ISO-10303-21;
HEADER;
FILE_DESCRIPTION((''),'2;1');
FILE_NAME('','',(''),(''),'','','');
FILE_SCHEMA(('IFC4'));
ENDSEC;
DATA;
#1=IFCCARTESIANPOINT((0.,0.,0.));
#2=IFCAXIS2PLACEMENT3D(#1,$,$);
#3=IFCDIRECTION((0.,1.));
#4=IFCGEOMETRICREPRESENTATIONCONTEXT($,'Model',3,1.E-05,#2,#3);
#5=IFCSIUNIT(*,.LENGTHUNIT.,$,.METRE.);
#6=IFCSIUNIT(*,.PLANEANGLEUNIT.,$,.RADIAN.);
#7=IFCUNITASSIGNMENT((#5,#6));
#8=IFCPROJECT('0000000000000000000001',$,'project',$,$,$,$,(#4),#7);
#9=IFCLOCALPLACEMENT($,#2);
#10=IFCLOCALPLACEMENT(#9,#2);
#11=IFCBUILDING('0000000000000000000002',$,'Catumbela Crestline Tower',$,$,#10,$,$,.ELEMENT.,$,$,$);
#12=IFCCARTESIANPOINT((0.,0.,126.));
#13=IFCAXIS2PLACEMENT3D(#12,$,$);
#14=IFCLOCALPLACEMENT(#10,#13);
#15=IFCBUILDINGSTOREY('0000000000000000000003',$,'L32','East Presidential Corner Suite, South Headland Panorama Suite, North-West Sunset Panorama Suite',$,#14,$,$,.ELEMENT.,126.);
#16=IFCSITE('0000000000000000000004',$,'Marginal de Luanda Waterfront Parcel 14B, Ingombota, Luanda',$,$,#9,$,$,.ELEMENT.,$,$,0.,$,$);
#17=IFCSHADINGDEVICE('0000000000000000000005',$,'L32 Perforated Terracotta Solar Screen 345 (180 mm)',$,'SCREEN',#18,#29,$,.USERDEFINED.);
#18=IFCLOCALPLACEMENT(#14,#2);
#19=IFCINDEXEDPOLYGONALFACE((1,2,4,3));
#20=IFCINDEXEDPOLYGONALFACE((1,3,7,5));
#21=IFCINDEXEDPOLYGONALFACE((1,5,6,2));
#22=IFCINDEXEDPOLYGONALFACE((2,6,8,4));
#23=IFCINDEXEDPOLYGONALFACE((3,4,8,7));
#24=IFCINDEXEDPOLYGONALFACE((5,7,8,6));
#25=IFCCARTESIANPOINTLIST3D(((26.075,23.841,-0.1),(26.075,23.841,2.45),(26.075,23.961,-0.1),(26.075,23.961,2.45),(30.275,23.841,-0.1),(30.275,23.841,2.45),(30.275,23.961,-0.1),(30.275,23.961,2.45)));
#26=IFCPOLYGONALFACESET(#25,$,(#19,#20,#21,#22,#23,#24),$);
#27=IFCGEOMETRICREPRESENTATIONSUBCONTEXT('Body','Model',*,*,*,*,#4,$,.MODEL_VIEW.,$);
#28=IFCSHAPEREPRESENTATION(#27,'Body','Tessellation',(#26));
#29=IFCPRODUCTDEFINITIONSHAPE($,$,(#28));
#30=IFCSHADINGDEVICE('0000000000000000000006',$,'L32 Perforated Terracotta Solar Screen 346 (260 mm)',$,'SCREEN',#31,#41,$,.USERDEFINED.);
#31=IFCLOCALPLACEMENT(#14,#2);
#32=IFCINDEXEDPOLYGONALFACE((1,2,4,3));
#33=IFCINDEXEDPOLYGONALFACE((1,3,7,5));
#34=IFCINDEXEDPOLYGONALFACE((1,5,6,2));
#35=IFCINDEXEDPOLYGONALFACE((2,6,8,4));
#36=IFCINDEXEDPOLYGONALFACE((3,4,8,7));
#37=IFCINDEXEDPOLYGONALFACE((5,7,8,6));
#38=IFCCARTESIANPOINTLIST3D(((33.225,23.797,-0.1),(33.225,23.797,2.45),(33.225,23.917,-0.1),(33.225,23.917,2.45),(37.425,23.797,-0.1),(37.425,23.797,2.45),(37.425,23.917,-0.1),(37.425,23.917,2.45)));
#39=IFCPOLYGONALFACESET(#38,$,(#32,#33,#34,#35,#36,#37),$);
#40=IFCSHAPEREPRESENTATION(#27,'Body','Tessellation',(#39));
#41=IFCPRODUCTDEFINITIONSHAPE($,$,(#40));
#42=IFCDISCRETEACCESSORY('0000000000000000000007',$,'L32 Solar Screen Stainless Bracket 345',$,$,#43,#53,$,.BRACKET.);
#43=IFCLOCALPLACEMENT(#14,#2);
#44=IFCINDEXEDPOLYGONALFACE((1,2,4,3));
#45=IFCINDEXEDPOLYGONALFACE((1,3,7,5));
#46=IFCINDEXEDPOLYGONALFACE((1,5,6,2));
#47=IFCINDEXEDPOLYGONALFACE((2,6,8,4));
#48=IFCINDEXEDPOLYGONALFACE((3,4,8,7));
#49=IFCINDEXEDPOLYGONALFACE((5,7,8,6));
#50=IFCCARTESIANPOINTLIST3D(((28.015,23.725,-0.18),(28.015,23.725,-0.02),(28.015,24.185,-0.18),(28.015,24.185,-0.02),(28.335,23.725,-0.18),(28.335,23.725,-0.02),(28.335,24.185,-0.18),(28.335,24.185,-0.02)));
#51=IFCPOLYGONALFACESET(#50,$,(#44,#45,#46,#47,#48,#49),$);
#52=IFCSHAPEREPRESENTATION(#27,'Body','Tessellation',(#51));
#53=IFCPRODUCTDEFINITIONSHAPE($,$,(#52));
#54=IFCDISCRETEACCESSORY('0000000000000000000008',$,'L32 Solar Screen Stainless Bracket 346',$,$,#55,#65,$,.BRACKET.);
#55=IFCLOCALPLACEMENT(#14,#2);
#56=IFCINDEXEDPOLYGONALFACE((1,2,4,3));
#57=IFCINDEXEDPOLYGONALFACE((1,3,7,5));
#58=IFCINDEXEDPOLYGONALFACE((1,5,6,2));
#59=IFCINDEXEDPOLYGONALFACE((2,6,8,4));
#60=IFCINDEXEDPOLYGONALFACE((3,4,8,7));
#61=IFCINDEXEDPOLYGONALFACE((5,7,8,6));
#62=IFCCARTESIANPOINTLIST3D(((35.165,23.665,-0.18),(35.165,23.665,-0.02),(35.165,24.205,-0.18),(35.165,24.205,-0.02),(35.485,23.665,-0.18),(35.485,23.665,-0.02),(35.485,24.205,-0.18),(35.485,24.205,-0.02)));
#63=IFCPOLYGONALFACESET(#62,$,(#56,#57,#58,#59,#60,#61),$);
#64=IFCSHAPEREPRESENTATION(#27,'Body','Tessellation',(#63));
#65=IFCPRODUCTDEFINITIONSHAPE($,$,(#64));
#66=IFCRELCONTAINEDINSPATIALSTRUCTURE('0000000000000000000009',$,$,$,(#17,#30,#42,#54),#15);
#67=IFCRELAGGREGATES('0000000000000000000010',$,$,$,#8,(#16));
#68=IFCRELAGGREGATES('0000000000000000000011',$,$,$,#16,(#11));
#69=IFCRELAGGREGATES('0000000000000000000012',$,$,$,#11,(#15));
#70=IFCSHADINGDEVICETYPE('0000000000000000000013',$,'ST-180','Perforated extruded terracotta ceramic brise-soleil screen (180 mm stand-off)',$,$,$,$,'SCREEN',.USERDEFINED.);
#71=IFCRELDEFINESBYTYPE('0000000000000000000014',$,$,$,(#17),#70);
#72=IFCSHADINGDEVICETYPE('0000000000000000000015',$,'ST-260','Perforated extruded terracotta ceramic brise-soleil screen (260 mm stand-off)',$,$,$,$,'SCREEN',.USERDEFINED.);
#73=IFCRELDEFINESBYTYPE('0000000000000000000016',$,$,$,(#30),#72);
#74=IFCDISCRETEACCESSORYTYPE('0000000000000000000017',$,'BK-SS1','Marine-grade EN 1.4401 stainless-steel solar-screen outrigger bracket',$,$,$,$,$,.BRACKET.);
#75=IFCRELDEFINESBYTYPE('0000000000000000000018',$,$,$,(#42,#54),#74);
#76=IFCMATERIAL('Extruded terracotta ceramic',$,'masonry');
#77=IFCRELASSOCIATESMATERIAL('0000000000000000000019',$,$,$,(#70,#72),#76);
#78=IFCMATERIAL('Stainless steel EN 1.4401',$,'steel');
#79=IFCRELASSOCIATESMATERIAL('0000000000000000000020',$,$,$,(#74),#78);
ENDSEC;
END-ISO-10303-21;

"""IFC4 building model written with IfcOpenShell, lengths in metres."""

from ifc_helpers import new_model, si_unit, direction, frame, origin, origin_2d, place, context, subcontext, project, spatial, rectangle, extrude, material, type_object, element, save


model = new_model("IFC4")

# Units and contexts
model_context = context("Model", 3, precision=1e-05, world=origin(), true_north=direction((0.0, 1.0)))
body_context = subcontext(model_context, "Body", "Model", "MODEL_VIEW")
ifc_project = project(units=[si_unit("LENGTHUNIT", "METRE"), si_unit("PLANEANGLEUNIT", "RADIAN")], contexts=[model_context])

# Site, building, storey
site_placement = place(None, origin())
site = spatial("IfcSite", under=ifc_project, at=site_placement, Name="Marginal de Luanda Waterfront Parcel 14B, Ingombota, Luanda", CompositionType="ELEMENT", RefElevation=0.0)
building_placement = place(site_placement, origin())
building = spatial("IfcBuilding", under=site, at=building_placement, Name="Catumbela Crestline Tower", CompositionType="ELEMENT")
storey_placement = place(building_placement, frame((0.0, 0.0, 126.0)))
storey = spatial("IfcBuildingStorey", under=building, at=storey_placement, Name="L32", Description="East Presidential Corner Suite, South Headland Panorama Suite, North-West Sunset Panorama Suite", CompositionType="ELEMENT", Elevation=126.0)

# Shared definitions
ifc_material_1 = material(Name="Stainless steel EN 1.4401", Category="steel")

# Shading devices
ifc_material_2 = material(Name="Extruded terracotta ceramic", Category="masonry")
shading_device_type_1 = type_object("IfcShadingDeviceType", Name="ST-180", Description="Perforated extruded terracotta ceramic brise-soleil screen (180 mm stand-off)", ElementType="SCREEN", PredefinedType="USERDEFINED", material=ifc_material_2)
shading_device_1_placement = place(storey_placement, frame((28.175, 23.901, -0.1), z_axis=(0.0, 0.0, 1.0), x_axis=(1.0, 0.0, 0.0)))
element("IfcShadingDevice", 1, at=shading_device_1_placement, inside=storey, type_object=shading_device_type_1, Name="L32 Perforated Terracotta Solar Screen 345 (180 mm)", ObjectType="SCREEN", PredefinedType="USERDEFINED", context=body_context, shape_type="SweptSolid", body=[
    extrude(rectangle(XDim=4.2, YDim=0.12, at=origin_2d()), origin(), (0.0, 0.0, 1.0), 2.55),
])
shading_device_type_2 = type_object("IfcShadingDeviceType", Name="ST-260", Description="Perforated extruded terracotta ceramic brise-soleil screen (260 mm stand-off)", ElementType="SCREEN", PredefinedType="USERDEFINED", material=ifc_material_2)
shading_device_2_placement = place(storey_placement, frame((35.325, 23.857, -0.1), z_axis=(0.0, 0.0, 1.0), x_axis=(1.0, 0.0, 0.0)))
element("IfcShadingDevice", 2, at=shading_device_2_placement, inside=storey, type_object=shading_device_type_2, Name="L32 Perforated Terracotta Solar Screen 346 (260 mm)", ObjectType="SCREEN", PredefinedType="USERDEFINED", context=body_context, shape_type="SweptSolid", body=[
    extrude(rectangle(XDim=4.2, YDim=0.12, at=origin_2d()), origin(), (0.0, 0.0, 1.0), 2.55),
])

# Discrete accessories
discrete_accessory_type = type_object("IfcDiscreteAccessoryType", Name="BK-SS1", Description="Marine-grade EN 1.4401 stainless-steel solar-screen outrigger bracket", PredefinedType="BRACKET", material=ifc_material_1)
discrete_accessory_1_placement = place(storey_placement, frame((28.175, 23.955, -0.18), z_axis=(0.0, 0.0, 1.0), x_axis=(1.0, 0.0, 0.0)))
element("IfcDiscreteAccessory", 3, at=discrete_accessory_1_placement, inside=storey, type_object=discrete_accessory_type, Name="L32 Solar Screen Stainless Bracket 345", PredefinedType="BRACKET", context=body_context, shape_type="SweptSolid", body=[
    extrude(rectangle(XDim=0.32, YDim=0.46, at=origin_2d()), origin(), (0.0, 0.0, 1.0), 0.16),
])
discrete_accessory_2_placement = place(storey_placement, frame((35.325, 23.935, -0.18), z_axis=(0.0, 0.0, 1.0), x_axis=(1.0, 0.0, 0.0)))
element("IfcDiscreteAccessory", 4, at=discrete_accessory_2_placement, inside=storey, type_object=discrete_accessory_type, Name="L32 Solar Screen Stainless Bracket 346", PredefinedType="BRACKET", context=body_context, shape_type="SweptSolid", body=[
    extrude(rectangle(XDim=0.32, YDim=0.54, at=origin_2d()), origin(), (0.0, 0.0, 1.0), 0.16),
])

save(model, "model.ifc")
